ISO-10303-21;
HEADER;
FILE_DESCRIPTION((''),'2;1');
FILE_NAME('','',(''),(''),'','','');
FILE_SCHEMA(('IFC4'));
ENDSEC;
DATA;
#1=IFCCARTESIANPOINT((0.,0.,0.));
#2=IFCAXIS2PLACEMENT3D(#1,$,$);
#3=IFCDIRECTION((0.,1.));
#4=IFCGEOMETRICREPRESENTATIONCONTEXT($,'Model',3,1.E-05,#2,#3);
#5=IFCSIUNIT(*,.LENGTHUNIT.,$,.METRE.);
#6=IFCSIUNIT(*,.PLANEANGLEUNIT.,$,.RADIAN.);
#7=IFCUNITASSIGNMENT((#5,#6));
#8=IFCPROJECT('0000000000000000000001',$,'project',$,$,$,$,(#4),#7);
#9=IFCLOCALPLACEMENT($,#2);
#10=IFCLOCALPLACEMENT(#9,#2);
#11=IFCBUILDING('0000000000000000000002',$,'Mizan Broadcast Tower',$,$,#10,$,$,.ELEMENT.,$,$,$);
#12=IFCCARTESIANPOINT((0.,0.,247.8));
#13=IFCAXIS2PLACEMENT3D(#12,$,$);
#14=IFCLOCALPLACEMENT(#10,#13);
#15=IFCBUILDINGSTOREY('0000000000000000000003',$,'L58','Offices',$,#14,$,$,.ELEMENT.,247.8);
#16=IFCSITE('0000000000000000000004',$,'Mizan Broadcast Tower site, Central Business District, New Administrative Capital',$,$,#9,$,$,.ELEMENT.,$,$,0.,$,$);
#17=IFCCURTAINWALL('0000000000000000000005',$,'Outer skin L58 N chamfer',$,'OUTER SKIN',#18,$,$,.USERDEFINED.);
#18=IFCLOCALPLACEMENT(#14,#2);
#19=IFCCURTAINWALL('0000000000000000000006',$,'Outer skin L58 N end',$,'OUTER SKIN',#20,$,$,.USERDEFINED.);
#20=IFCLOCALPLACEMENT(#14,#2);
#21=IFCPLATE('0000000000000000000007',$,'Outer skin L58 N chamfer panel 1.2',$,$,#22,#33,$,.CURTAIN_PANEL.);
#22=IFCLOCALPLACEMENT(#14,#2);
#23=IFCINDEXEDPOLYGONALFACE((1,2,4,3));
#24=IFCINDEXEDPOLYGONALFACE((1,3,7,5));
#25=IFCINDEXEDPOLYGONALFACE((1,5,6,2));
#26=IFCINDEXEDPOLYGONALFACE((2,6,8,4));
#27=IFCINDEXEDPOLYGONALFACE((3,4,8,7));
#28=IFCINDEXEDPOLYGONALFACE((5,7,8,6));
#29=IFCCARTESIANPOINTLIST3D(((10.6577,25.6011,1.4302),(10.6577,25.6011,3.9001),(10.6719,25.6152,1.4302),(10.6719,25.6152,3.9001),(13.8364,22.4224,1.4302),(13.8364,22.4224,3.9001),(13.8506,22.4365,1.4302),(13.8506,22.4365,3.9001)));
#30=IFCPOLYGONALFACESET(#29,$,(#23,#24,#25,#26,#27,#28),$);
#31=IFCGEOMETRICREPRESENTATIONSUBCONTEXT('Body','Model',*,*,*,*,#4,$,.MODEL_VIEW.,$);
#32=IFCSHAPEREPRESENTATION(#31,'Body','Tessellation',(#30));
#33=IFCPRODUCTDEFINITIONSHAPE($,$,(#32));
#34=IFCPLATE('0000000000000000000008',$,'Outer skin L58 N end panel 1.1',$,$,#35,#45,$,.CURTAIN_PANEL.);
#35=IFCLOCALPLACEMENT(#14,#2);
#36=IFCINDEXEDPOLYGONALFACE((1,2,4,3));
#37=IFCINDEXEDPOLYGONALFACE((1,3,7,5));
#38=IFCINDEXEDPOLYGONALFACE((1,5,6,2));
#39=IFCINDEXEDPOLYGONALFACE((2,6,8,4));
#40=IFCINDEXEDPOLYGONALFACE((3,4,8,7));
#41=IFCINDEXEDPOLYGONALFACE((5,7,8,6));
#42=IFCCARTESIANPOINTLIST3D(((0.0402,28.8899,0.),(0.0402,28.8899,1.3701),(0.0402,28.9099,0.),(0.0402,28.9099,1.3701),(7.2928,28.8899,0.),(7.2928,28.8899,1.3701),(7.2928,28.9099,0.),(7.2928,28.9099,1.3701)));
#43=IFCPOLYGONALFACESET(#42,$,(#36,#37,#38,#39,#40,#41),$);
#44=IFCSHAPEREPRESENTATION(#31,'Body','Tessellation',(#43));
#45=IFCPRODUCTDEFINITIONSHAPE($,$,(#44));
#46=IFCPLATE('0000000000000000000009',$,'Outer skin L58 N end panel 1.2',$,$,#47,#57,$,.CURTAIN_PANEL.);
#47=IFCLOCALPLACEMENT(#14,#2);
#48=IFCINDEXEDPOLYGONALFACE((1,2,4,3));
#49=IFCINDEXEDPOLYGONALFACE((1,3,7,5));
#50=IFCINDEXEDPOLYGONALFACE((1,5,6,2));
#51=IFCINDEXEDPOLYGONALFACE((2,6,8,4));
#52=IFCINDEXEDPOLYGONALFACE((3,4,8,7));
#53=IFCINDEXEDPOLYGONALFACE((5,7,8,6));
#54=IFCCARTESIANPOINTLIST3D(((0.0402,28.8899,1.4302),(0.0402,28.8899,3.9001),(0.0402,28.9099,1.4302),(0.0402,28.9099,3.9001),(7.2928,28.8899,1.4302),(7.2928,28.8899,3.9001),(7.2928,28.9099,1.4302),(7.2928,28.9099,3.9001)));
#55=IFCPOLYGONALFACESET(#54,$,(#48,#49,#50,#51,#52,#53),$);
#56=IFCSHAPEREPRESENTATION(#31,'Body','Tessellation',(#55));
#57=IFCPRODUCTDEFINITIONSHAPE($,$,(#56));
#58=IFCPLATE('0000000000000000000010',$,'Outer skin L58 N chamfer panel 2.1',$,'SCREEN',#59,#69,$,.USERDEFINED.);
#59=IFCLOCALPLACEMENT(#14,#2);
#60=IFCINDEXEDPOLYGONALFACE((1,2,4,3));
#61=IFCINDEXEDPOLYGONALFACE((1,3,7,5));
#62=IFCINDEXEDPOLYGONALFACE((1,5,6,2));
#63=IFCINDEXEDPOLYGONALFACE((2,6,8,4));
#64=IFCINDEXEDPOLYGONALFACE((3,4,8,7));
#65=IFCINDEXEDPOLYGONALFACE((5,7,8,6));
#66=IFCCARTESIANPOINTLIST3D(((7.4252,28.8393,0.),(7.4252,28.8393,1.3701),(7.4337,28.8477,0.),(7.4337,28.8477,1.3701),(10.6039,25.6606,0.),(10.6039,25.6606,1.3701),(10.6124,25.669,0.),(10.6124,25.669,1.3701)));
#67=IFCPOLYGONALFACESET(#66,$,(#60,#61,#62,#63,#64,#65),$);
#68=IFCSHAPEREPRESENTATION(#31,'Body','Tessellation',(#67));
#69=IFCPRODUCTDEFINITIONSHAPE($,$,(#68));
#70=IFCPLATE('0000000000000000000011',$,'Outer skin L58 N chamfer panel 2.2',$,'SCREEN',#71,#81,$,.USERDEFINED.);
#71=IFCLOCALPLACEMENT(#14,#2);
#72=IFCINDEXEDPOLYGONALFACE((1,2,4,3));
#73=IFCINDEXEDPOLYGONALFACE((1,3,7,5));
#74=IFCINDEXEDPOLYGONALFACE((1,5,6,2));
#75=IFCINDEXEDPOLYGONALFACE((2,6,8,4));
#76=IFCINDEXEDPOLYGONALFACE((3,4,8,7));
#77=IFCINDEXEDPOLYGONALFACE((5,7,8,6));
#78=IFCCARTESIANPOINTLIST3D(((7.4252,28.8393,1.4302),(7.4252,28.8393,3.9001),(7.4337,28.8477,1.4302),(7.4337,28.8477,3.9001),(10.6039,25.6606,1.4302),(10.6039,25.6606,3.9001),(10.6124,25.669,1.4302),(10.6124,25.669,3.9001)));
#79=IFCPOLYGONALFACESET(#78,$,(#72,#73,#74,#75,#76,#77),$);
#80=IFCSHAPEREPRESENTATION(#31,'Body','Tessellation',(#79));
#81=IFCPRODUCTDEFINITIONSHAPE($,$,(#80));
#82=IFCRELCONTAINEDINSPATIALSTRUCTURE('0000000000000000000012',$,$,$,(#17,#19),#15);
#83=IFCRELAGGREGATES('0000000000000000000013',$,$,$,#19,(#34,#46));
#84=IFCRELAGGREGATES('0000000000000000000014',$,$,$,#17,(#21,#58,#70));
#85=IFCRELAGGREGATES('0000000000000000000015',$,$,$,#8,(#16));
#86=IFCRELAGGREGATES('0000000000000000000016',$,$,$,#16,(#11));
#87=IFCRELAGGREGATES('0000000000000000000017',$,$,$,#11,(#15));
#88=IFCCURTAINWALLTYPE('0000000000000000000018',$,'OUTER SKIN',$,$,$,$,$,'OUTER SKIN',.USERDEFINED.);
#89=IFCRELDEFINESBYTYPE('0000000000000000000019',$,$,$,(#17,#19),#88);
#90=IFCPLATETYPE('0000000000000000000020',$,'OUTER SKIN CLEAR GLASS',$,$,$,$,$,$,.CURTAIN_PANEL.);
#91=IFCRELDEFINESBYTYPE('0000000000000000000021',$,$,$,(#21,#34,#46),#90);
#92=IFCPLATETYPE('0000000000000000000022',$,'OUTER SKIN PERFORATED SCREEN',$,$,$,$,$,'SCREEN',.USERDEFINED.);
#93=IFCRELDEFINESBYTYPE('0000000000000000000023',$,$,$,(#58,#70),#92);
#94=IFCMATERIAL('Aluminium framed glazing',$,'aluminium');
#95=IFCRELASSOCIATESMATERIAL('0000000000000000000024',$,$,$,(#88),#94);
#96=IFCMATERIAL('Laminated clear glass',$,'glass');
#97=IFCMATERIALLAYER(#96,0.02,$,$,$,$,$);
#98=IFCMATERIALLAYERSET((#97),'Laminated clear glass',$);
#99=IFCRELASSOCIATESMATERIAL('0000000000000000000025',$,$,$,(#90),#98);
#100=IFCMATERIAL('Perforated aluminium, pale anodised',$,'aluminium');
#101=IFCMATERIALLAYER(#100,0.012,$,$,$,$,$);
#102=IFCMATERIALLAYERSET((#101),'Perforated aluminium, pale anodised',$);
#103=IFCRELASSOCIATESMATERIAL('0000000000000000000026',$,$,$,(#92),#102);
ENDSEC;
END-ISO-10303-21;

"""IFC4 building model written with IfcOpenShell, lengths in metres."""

from ifc_helpers import new_model, si_unit, direction, frame, origin, origin_2d, place, context, subcontext, project, spatial, rectangle, extrude, material, layer, layer_set, type_object, element, aggregate, save


model = new_model("IFC4")

# Units and contexts
model_context = context("Model", 3, precision=1e-05, world=origin(), true_north=direction((0.0, 1.0)))
body_context = subcontext(model_context, "Body", "Model", "MODEL_VIEW")
ifc_project = project(units=[si_unit("LENGTHUNIT", "METRE"), si_unit("PLANEANGLEUNIT", "RADIAN")], contexts=[model_context])

# Site, building, storey
site_placement = place(None, origin())
site = spatial("IfcSite", under=ifc_project, at=site_placement, Name="Mizan Broadcast Tower site, Central Business District, New Administrative Capital", CompositionType="ELEMENT", RefElevation=0.0)
building_placement = place(site_placement, origin())
building = spatial("IfcBuilding", under=site, at=building_placement, Name="Mizan Broadcast Tower", CompositionType="ELEMENT")
storey_placement = place(building_placement, frame((0.0, 0.0, 247.8)))
storey = spatial("IfcBuildingStorey", under=building, at=storey_placement, Name="L58", Description="Offices", CompositionType="ELEMENT", Elevation=247.8)

# Curtain wall
ifc_material_1 = material(Name="Aluminium framed glazing", Category="aluminium")
curtain_wall_type_1 = type_object("IfcCurtainWallType", Name="OUTER SKIN", ElementType="OUTER SKIN", PredefinedType="USERDEFINED", material=ifc_material_1)
curtain_wall_1_placement = place(storey_placement, origin())
curtain_wall_1 = element("IfcCurtainWall", 1, at=curtain_wall_1_placement, inside=storey, type_object=curtain_wall_type_1, Name="Outer skin L58 N chamfer", ObjectType="OUTER SKIN", PredefinedType="USERDEFINED")

# Curtain wall
curtain_wall_2_placement = place(storey_placement, origin())
curtain_wall_2 = element("IfcCurtainWall", 2, at=curtain_wall_2_placement, inside=storey, type_object=curtain_wall_type_1, Name="Outer skin L58 N end", ObjectType="OUTER SKIN", PredefinedType="USERDEFINED")

# Plates
ifc_material_2 = material(Name="Laminated clear glass", Category="glass")
ifc_layer_1 = layer(ifc_material_2, 0.02)
ifc_layer_set_1 = layer_set([ifc_layer_1], Name="Laminated clear glass")
plate_type_1 = type_object("IfcPlateType", Name="OUTER SKIN CLEAR GLASS", PredefinedType="CURTAIN_PANEL", material=ifc_layer_set_1)
plate_1_placement = place(storey_placement, frame((12.2542, 24.0188, 1.4302), z_axis=(0.0, 0.0, 1.0), x_axis=(-0.707107, 0.707107, 0.0)))
plate_1 = element("IfcPlate", 3, at=plate_1_placement, type_object=plate_type_1, Name="Outer skin L58 N chamfer panel 1.2", PredefinedType="CURTAIN_PANEL", context=body_context, shape_type="SweptSolid", body=[
    extrude(rectangle(XDim=4.4954, YDim=0.02, at=origin_2d()), origin(), (0.0, 0.0, 1.0), 2.47),
])
plate_2_placement = place(storey_placement, frame((3.6665, 28.8999, 0.0), z_axis=(0.0, 0.0, 1.0), x_axis=(-1.0, 0.0, 0.0)))
plate_2 = element("IfcPlate", 4, at=plate_2_placement, type_object=plate_type_1, Name="Outer skin L58 N end panel 1.1", PredefinedType="CURTAIN_PANEL", context=body_context, shape_type="SweptSolid", body=[
    extrude(rectangle(XDim=7.2527, YDim=0.02, at=origin_2d()), origin(), (0.0, 0.0, 1.0), 1.3701),
])
plate_3_placement = place(storey_placement, frame((3.6665, 28.8999, 1.4302), z_axis=(0.0, 0.0, 1.0), x_axis=(-1.0, 0.0, 0.0)))
plate_3 = element("IfcPlate", 5, at=plate_3_placement, type_object=plate_type_1, Name="Outer skin L58 N end panel 1.2", PredefinedType="CURTAIN_PANEL", context=body_context, shape_type="SweptSolid", body=[
    extrude(rectangle(XDim=7.2527, YDim=0.02, at=origin_2d()), origin(), (0.0, 0.0, 1.0), 2.47),
])
aggregate(curtain_wall_2, [plate_2, plate_3])
ifc_material_3 = material(Name="Perforated aluminium, pale anodised", Category="aluminium")
ifc_layer_2 = layer(ifc_material_3, 0.012)
ifc_layer_set_2 = layer_set([ifc_layer_2], Name="Perforated aluminium, pale anodised")
plate_type_2 = type_object("IfcPlateType", Name="OUTER SKIN PERFORATED SCREEN", ElementType="SCREEN", PredefinedType="USERDEFINED", material=ifc_layer_set_2)
plate_4_placement = place(storey_placement, frame((9.0188, 27.2542, 0.0), z_axis=(0.0, 0.0, 1.0), x_axis=(-0.707107, 0.707107, 0.0)))
plate_4 = element("IfcPlate", 6, at=plate_4_placement, type_object=plate_type_2, Name="Outer skin L58 N chamfer panel 2.1", ObjectType="SCREEN", PredefinedType="USERDEFINED", context=body_context, shape_type="SweptSolid", body=[
    extrude(rectangle(XDim=4.4954, YDim=0.012, at=origin_2d()), origin(), (0.0, 0.0, 1.0), 1.3701),
])
plate_5_placement = place(storey_placement, frame((9.0188, 27.2542, 1.4302), z_axis=(0.0, 0.0, 1.0), x_axis=(-0.707107, 0.707107, 0.0)))
plate_5 = element("IfcPlate", 7, at=plate_5_placement, type_object=plate_type_2, Name="Outer skin L58 N chamfer panel 2.2", ObjectType="SCREEN", PredefinedType="USERDEFINED", context=body_context, shape_type="SweptSolid", body=[
    extrude(rectangle(XDim=4.4954, YDim=0.012, at=origin_2d()), origin(), (0.0, 0.0, 1.0), 2.47),
])
aggregate(curtain_wall_1, [plate_1, plate_4, plate_5])

save(model, "model.ifc")
